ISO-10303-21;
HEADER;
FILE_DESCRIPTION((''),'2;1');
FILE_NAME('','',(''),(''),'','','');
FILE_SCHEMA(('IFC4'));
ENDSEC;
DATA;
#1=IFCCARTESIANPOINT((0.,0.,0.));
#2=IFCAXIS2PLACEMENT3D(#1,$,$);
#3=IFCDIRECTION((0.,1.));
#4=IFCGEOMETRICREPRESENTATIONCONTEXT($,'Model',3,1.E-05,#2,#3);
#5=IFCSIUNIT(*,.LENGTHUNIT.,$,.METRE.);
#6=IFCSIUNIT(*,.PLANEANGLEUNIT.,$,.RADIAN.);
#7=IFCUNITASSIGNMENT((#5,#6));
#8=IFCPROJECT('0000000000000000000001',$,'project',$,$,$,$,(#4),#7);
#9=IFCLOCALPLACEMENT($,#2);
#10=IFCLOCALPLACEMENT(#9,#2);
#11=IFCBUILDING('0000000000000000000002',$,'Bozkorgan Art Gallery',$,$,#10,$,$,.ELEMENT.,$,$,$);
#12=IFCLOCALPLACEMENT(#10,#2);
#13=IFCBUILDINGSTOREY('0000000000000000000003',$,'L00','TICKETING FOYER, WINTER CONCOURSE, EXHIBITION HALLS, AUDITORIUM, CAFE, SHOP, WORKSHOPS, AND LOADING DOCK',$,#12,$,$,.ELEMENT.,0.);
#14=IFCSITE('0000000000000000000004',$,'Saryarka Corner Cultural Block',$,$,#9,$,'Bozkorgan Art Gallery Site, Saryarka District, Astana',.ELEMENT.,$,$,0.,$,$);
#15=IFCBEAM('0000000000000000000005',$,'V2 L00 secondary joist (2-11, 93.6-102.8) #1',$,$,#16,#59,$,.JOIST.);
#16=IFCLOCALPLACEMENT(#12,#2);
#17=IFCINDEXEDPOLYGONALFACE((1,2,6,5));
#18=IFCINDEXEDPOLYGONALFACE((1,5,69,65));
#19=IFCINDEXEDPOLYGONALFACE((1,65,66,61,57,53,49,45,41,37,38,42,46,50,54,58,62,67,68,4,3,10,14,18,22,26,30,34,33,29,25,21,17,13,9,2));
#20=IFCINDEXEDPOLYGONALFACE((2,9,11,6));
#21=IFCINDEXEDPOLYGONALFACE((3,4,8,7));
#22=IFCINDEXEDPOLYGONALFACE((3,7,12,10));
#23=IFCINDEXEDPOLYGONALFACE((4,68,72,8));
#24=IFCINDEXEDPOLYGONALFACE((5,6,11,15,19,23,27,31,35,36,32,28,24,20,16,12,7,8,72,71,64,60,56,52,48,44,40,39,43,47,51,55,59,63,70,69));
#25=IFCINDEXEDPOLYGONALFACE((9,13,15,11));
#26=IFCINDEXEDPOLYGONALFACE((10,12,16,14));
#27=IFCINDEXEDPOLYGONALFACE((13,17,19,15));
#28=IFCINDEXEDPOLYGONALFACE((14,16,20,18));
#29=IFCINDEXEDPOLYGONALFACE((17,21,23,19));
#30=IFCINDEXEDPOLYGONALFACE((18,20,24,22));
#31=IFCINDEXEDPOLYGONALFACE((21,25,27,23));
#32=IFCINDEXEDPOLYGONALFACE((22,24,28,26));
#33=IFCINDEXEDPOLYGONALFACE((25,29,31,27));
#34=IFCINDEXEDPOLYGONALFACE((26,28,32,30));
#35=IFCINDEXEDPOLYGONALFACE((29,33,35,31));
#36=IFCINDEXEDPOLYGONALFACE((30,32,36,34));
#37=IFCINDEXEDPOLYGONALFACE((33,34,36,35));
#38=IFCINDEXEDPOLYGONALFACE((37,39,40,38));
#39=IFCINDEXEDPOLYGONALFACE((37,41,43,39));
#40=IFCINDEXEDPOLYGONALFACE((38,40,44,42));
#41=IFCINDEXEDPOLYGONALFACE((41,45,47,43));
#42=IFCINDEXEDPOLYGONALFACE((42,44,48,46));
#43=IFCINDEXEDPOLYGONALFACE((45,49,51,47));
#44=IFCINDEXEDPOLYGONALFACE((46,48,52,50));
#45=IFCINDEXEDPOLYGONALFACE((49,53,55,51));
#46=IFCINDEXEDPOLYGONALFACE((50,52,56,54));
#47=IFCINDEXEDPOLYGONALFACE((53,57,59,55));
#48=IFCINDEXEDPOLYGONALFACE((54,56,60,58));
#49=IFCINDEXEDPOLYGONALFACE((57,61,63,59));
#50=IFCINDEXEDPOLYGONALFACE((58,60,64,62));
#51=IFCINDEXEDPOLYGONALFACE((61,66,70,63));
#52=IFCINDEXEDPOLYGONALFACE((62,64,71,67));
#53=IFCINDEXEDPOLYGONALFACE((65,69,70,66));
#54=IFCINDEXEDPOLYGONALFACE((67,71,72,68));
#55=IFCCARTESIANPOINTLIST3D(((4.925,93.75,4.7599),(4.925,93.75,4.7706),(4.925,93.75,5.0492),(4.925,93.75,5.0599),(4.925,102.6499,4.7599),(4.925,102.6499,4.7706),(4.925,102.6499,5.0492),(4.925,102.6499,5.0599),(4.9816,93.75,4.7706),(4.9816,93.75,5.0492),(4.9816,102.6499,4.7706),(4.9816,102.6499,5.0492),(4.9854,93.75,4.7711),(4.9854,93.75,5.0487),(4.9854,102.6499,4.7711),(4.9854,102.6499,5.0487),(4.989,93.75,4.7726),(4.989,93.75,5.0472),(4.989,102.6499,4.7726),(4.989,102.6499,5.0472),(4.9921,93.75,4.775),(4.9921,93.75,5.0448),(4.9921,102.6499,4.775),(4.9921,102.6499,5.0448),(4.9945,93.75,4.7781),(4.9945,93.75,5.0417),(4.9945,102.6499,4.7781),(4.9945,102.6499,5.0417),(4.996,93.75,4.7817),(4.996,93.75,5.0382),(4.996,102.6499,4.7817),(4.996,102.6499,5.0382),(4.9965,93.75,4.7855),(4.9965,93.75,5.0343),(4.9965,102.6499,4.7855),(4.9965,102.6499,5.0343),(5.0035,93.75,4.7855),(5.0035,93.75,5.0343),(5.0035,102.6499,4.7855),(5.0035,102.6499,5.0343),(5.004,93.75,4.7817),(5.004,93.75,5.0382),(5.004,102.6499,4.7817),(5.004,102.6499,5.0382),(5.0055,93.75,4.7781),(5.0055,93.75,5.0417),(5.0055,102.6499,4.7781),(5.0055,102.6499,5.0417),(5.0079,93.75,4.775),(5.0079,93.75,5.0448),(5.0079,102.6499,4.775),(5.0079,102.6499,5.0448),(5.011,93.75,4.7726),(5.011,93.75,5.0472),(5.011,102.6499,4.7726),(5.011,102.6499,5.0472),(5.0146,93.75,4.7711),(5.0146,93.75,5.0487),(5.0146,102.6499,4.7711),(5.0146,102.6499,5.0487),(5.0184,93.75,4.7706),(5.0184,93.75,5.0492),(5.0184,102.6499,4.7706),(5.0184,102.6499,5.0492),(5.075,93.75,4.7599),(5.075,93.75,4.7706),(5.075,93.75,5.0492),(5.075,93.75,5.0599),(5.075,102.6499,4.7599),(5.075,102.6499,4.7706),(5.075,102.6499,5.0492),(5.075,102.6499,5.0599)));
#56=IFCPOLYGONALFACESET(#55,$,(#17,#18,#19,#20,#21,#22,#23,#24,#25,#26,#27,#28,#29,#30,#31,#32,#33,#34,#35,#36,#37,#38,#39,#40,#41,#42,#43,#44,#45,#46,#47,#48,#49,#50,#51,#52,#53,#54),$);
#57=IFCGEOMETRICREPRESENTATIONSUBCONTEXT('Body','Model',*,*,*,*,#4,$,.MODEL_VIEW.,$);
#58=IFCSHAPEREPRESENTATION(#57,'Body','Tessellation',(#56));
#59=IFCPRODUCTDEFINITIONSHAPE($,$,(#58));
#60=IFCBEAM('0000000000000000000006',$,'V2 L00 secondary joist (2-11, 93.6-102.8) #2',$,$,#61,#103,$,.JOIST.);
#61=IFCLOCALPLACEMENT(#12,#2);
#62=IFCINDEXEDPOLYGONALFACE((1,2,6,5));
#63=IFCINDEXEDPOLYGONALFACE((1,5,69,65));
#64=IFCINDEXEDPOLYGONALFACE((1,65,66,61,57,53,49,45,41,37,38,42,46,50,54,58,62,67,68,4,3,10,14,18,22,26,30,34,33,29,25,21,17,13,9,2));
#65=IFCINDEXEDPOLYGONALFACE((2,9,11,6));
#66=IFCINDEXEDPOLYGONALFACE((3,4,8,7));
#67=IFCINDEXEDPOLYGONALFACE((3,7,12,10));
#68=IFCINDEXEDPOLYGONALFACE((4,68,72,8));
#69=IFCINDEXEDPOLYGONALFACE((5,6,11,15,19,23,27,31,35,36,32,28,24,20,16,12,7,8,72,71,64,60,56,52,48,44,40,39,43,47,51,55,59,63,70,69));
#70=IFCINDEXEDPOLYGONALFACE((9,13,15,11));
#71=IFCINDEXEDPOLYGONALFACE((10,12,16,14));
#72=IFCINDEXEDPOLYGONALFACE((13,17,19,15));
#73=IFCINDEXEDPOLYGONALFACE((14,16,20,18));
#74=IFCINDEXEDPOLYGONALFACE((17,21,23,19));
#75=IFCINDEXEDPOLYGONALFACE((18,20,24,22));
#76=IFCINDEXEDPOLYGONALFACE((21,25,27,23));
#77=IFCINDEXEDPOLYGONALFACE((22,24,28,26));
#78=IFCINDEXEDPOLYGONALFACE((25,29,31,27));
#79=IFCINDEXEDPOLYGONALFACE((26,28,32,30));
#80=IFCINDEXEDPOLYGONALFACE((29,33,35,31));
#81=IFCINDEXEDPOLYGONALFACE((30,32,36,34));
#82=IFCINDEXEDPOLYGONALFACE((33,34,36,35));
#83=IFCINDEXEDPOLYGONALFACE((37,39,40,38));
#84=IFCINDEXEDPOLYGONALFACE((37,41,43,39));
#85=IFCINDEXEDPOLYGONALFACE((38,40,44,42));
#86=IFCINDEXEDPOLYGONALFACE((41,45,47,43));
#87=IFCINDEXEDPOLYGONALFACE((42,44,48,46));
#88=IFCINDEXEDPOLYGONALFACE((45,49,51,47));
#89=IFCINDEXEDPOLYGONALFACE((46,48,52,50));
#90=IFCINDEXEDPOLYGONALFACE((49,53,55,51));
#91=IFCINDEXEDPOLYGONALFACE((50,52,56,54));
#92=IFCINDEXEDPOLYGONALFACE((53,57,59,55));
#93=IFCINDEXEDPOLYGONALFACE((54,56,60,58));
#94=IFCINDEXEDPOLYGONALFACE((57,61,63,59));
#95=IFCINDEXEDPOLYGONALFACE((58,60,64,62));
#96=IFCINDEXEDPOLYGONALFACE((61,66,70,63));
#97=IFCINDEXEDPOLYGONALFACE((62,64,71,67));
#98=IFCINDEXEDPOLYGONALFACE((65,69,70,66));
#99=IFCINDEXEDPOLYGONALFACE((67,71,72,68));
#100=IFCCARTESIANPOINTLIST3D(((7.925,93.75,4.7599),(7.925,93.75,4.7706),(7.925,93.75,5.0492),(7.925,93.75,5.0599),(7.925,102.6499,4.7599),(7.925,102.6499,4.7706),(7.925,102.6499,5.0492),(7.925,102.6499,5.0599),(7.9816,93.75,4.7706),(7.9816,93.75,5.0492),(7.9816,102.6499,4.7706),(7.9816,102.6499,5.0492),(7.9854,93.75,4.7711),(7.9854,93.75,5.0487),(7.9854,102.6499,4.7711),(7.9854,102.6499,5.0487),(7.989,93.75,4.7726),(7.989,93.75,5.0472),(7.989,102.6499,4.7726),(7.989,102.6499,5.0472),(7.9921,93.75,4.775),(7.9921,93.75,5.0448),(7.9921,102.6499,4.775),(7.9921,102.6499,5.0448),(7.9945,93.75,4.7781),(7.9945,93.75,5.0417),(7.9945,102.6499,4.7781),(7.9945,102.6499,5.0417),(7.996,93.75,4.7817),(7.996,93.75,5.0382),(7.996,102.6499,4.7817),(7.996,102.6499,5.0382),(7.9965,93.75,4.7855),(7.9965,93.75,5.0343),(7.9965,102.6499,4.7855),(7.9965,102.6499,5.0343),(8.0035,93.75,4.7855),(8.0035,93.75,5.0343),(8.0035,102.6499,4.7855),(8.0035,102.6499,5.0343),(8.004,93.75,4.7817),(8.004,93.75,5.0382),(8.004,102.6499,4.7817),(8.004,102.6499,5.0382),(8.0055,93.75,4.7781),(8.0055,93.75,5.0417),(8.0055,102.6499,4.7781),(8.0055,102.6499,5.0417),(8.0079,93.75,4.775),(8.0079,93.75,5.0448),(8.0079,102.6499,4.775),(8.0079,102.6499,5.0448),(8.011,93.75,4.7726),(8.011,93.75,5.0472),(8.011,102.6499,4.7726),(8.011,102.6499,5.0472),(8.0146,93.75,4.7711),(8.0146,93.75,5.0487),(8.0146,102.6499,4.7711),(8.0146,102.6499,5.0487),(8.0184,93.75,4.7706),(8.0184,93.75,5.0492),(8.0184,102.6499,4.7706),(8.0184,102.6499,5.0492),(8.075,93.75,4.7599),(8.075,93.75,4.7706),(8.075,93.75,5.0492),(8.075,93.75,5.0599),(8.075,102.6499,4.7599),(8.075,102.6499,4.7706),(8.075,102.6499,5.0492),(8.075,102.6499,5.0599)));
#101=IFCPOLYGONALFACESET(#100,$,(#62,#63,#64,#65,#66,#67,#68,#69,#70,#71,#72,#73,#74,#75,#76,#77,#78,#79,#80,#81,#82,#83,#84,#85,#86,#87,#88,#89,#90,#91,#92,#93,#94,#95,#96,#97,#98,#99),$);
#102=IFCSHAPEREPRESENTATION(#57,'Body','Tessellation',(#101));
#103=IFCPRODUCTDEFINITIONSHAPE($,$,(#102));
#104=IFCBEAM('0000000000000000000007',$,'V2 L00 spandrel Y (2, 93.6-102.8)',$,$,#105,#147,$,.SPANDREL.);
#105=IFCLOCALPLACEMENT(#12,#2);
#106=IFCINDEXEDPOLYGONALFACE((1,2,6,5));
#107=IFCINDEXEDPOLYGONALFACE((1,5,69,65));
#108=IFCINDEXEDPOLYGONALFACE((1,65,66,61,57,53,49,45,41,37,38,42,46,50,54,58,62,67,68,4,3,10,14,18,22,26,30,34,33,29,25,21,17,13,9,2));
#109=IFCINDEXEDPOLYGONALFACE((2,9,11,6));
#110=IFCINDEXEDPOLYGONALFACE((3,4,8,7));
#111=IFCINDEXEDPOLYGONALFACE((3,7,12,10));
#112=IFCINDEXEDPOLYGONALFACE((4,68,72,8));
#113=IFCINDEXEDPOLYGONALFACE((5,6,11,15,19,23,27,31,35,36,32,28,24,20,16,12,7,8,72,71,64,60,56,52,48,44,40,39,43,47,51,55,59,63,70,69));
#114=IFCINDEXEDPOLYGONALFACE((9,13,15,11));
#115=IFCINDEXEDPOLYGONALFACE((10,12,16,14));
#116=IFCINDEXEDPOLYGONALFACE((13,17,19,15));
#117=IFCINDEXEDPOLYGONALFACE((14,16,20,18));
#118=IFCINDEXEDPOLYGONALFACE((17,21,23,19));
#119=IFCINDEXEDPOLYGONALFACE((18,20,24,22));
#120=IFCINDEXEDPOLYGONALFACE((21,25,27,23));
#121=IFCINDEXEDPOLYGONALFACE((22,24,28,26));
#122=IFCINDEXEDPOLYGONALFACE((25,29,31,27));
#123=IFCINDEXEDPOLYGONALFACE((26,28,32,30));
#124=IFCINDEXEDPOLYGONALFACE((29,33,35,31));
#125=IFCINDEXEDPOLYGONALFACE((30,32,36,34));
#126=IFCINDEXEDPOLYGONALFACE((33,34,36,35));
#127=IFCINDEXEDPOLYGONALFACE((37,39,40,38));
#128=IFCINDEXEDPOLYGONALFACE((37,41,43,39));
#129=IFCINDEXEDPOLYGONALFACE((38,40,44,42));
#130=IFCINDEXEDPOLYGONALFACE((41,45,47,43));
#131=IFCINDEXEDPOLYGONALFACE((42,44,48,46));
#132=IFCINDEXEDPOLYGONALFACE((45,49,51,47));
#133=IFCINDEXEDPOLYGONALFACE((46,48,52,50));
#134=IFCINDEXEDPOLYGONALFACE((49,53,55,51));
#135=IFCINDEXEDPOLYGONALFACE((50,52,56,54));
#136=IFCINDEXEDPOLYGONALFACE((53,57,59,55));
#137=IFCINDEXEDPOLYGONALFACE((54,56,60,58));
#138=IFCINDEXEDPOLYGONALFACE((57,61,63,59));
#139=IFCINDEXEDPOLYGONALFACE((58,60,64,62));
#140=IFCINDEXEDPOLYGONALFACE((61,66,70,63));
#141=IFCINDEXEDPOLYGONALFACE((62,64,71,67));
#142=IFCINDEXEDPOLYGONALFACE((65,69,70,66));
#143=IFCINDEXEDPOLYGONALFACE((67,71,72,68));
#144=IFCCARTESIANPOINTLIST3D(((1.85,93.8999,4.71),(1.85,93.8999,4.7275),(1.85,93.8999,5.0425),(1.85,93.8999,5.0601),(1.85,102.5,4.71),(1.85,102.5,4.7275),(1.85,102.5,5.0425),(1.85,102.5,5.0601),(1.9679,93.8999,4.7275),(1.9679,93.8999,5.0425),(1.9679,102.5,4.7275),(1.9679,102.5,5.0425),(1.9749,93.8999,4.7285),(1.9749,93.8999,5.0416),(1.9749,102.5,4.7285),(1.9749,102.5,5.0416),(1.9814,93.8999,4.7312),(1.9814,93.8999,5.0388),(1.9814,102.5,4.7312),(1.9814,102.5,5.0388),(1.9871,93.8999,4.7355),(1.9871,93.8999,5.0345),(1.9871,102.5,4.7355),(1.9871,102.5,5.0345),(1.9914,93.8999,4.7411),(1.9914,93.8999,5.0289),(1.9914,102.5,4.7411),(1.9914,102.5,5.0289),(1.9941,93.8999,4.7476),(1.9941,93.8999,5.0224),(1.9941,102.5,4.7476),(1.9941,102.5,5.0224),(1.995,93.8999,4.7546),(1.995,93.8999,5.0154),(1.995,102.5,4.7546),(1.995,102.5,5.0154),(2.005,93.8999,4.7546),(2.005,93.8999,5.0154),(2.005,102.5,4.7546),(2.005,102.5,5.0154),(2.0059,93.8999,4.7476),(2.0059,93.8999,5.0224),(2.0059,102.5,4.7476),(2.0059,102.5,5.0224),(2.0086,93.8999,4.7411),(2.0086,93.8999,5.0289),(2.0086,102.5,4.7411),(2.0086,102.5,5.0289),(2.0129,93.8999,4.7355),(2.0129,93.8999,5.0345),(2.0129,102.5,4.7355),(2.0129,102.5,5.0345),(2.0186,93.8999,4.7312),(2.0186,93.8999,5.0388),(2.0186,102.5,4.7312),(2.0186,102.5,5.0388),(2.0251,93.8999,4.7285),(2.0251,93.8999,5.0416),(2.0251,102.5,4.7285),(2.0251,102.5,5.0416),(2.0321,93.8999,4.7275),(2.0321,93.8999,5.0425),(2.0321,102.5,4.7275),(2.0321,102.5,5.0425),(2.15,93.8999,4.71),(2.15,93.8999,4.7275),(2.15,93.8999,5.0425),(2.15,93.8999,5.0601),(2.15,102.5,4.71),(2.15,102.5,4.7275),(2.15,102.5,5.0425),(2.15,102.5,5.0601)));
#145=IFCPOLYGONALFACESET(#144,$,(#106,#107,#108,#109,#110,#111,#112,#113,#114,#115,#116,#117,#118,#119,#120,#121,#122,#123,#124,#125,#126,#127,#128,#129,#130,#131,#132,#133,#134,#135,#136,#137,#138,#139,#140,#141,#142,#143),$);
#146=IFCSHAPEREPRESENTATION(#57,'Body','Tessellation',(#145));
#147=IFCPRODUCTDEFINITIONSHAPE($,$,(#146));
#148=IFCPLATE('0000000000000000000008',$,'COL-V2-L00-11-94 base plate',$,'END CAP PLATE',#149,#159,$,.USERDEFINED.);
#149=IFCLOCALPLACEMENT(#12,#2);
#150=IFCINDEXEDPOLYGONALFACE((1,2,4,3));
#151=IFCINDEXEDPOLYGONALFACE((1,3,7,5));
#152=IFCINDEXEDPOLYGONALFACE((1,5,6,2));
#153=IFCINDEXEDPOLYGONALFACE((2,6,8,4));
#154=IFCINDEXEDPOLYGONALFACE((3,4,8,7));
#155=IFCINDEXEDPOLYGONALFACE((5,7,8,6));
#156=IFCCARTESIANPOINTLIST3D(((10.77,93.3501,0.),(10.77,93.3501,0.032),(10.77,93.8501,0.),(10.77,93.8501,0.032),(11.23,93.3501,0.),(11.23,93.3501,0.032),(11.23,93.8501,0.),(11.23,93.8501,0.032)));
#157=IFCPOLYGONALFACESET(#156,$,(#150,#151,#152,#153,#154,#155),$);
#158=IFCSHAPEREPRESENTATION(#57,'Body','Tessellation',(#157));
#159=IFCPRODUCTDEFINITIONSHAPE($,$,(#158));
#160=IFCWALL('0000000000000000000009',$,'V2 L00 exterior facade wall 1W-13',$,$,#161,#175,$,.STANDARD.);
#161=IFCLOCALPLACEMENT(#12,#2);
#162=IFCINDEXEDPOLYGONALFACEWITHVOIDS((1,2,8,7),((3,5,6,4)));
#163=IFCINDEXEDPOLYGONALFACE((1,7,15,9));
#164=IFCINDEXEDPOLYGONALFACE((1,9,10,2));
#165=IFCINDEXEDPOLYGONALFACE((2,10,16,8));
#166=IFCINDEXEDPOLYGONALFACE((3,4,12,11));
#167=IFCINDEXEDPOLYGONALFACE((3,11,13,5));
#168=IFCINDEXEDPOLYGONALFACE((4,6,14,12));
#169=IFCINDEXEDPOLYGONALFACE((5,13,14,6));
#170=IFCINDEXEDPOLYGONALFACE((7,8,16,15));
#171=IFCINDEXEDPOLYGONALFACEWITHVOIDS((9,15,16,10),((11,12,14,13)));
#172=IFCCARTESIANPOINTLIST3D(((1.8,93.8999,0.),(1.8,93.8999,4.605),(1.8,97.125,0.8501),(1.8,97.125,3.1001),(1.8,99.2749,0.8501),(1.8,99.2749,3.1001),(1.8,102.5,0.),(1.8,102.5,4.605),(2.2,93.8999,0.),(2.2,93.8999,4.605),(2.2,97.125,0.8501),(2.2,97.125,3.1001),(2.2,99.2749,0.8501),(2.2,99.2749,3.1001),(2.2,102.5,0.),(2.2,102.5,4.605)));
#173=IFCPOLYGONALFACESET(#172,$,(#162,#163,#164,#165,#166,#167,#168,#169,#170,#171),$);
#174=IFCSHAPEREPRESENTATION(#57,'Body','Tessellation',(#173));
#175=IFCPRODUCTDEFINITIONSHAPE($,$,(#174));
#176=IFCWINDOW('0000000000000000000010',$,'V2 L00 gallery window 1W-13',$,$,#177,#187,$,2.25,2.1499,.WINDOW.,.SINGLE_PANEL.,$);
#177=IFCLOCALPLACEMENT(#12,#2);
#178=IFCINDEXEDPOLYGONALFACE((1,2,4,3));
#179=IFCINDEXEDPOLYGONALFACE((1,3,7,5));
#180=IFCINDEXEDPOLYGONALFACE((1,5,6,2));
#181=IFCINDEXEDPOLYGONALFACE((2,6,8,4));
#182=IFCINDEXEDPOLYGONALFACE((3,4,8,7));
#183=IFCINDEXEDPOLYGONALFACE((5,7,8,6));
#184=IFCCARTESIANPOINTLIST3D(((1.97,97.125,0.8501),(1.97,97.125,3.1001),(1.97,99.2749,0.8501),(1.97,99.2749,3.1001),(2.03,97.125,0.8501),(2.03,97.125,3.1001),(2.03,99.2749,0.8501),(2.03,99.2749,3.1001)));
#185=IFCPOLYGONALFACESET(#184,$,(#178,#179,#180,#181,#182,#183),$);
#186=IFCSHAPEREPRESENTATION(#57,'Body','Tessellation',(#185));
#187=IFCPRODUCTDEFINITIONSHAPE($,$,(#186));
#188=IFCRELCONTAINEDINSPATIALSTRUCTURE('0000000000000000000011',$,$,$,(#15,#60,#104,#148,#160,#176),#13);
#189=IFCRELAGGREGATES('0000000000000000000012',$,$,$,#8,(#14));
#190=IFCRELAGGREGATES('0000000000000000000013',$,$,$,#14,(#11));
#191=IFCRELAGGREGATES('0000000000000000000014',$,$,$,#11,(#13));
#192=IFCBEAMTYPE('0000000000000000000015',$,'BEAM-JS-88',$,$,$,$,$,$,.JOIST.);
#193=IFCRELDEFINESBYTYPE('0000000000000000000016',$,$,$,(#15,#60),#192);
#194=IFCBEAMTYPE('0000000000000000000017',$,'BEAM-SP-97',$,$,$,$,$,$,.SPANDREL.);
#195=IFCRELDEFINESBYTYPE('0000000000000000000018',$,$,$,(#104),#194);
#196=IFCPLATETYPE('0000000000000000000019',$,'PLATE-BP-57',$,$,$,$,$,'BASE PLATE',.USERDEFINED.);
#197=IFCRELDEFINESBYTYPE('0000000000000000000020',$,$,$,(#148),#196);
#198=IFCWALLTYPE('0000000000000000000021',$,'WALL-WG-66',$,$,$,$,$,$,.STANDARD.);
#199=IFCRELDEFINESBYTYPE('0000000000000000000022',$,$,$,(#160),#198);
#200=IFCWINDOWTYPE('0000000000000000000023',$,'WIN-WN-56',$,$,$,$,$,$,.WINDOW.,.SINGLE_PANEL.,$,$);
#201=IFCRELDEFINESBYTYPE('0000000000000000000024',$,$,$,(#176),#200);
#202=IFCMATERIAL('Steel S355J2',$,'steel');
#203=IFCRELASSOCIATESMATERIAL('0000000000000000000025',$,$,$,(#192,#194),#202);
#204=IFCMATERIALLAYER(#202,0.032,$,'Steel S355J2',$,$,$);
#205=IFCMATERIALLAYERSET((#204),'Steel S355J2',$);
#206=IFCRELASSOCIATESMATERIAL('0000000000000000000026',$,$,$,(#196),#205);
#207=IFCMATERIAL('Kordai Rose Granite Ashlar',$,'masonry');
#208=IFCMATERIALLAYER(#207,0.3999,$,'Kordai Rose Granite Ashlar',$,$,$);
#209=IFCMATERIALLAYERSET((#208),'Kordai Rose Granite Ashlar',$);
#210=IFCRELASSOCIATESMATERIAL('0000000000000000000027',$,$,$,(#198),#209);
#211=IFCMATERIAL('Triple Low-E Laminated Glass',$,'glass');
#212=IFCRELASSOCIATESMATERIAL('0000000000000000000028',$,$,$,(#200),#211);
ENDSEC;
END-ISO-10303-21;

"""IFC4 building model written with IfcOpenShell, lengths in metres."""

from ifc_helpers import new_model, si_unit, direction, frame, frame_2d, origin, origin_2d, place, context, subcontext, project, spatial, rectangle, i_section, extrude, material, layer, layer_set, material_profile, profile_set, type_object, element, fill, save


model = new_model("IFC4")

# Units and contexts
model_context = context("Model", 3, precision=1e-05, world=origin(), true_north=direction((0.0, 1.0)))
body_context = subcontext(model_context, "Body", "Model", "MODEL_VIEW")
ifc_project = project(units=[si_unit("LENGTHUNIT", "METRE"), si_unit("PLANEANGLEUNIT", "RADIAN")], contexts=[model_context])

# Site, building, storey
site_placement = place(None, origin())
site = spatial("IfcSite", under=ifc_project, at=site_placement, Name="Saryarka Corner Cultural Block", LongName="Bozkorgan Art Gallery Site, Saryarka District, Astana", CompositionType="ELEMENT", RefElevation=0.0)
building_placement = place(site_placement, origin())
building = spatial("IfcBuilding", under=site, at=building_placement, Name="Bozkorgan Art Gallery", CompositionType="ELEMENT")
storey_placement = place(building_placement, origin())
storey = spatial("IfcBuildingStorey", under=building, at=storey_placement, Name="L00", Description="TICKETING FOYER, WINTER CONCOURSE, EXHIBITION HALLS, AUDITORIUM, CAFE, SHOP, WORKSHOPS, AND LOADING DOCK", CompositionType="ELEMENT", Elevation=0.0)

# Shared definitions
ifc_material_1 = material(Name="Steel S355J2", Category="steel")

# Beams
ifc_material_profile_1 = material_profile(ifc_material_1, i_section(OverallWidth=0.1499, OverallDepth=0.3, WebThickness=0.0071, FlangeThickness=0.0107, FilletRadius=0.0149, at=origin_2d()), Name="IPE 300")
ifc_profile_set_1 = profile_set([ifc_material_profile_1], Name="Steel S355J2")
beam_type_1 = type_object("IfcBeamType", Name="BEAM-JS-88", PredefinedType="JOIST", material=ifc_profile_set_1)
for number, where, z_axis, x_axis, name in (
    (1, (5.0, 93.75, 4.9099), (0.0, 1.0, 0.0), (-1.0, 0.0, 0.0), "V2 L00 secondary joist (2-11, 93.6-102.8) #1"),
    (2, (8.0, 93.75, 4.9099), (0.0, 1.0, 0.0), (-1.0, 0.0, 0.0), "V2 L00 secondary joist (2-11, 93.6-102.8) #2"),
):
    element("IfcBeam", number, at=place(storey_placement, frame(where, z_axis=z_axis, x_axis=x_axis)), inside=storey, type_object=beam_type_1, Name=name, PredefinedType="JOIST", context=body_context, shape_type="SweptSolid", body=[
        extrude(i_section(OverallWidth=0.1499, OverallDepth=0.3, WebThickness=0.0071, FlangeThickness=0.0107, FilletRadius=0.0149, at=origin_2d()), origin(), (0.0, 0.0, 1.0), 8.8999),
    ])
ifc_material_profile_2 = material_profile(ifc_material_1, i_section(OverallWidth=0.3, OverallDepth=0.3501, WebThickness=0.01, FlangeThickness=0.0176, FilletRadius=0.0271, at=origin_2d()), Name="HEA 360")
ifc_profile_set_2 = profile_set([ifc_material_profile_2], Name="Steel S355J2")
beam_type_2 = type_object("IfcBeamType", Name="BEAM-SP-97", PredefinedType="SPANDREL", material=ifc_profile_set_2)
beam_1_placement = place(storey_placement, frame((2.0, 93.8999, 4.885), z_axis=(0.0, 1.0, 0.0), x_axis=(-1.0, 0.0, 0.0)))
element("IfcBeam", 3, at=beam_1_placement, inside=storey, type_object=beam_type_2, Name="V2 L00 spandrel Y (2, 93.6-102.8)", PredefinedType="SPANDREL", context=body_context, shape_type="SweptSolid", body=[
    extrude(i_section(OverallWidth=0.3, OverallDepth=0.3501, WebThickness=0.01, FlangeThickness=0.0176, FilletRadius=0.0271, at=origin_2d()), origin(), (0.0, 0.0, 1.0), 8.6001),
])

# Plate
ifc_layer_1 = layer(ifc_material_1, 0.032, Name="Steel S355J2")
ifc_layer_set_1 = layer_set([ifc_layer_1], Name="Steel S355J2")
plate_type = type_object("IfcPlateType", Name="PLATE-BP-57", ElementType="BASE PLATE", PredefinedType="USERDEFINED", material=ifc_layer_set_1)
plate_placement = place(storey_placement, frame((11.0, 93.6001, 0.0), z_axis=(0.0, 0.0, 1.0), x_axis=(1.0, 0.0, 0.0)))
element("IfcPlate", 4, at=plate_placement, inside=storey, type_object=plate_type, Name="COL-V2-L00-11-94 base plate", ObjectType="END CAP PLATE", PredefinedType="USERDEFINED", context=body_context, shape_type="SweptSolid", body=[
    extrude(rectangle(XDim=0.46, YDim=0.5, at=origin_2d()), origin(), (0.0, 0.0, 1.0), 0.032),
])

# Wall, opening, window
ifc_material_2 = material(Name="Kordai Rose Granite Ashlar", Category="masonry")
ifc_layer_2 = layer(ifc_material_2, 0.3999, Name="Kordai Rose Granite Ashlar")
ifc_layer_set_2 = layer_set([ifc_layer_2], Name="Kordai Rose Granite Ashlar")
wall_type = type_object("IfcWallType", Name="WALL-WG-66", PredefinedType="STANDARD", material=ifc_layer_set_2)
wall_placement = place(storey_placement, frame((2.0, 93.8999, 0.0), z_axis=(0.0, 0.0, 1.0), x_axis=(0.0, 1.0, 0.0)))
wall = element("IfcWall", 5, at=wall_placement, inside=storey, type_object=wall_type, Name="V2 L00 exterior facade wall 1W-13", PredefinedType="STANDARD", context=body_context, shape_type="SweptSolid", body=[
    extrude(rectangle(XDim=8.6001, YDim=0.3999, at=frame_2d((4.3, 0.0))), origin(), (0.0, 0.0, 1.0), 4.605),
])
opening_placement = place(wall_placement, frame((3.2251, 0.0, 0.8501)))
opening = element("IfcOpeningElement", 6, at=opening_placement, cuts=wall, PredefinedType="OPENING", context=body_context, shape_type="SweptSolid", body=[
    extrude(rectangle(XDim=2.1499, YDim=2.25, at=frame_2d((1.075, 1.125))), frame((0.0, 0.21, 0.0), z_axis=(0.0, -1.0, 0.0), x_axis=(1.0, 0.0, 0.0)), (0.0, 0.0, 1.0), 0.4199),
])
ifc_material_3 = material(Name="Triple Low-E Laminated Glass", Category="glass")
window_type = type_object("IfcWindowType", Name="WIN-WN-56", PartitioningType="SINGLE_PANEL", PredefinedType="WINDOW", material=ifc_material_3)
window_placement = place(opening_placement, origin())
window = element("IfcWindow", 7, at=window_placement, inside=storey, type_object=window_type, Name="V2 L00 gallery window 1W-13", OverallHeight=2.25, OverallWidth=2.1499, PartitioningType="SINGLE_PANEL", PredefinedType="WINDOW", context=body_context, shape_type="SweptSolid", body=[
    extrude(rectangle(XDim=2.1499, YDim=2.25, at=frame_2d((1.075, 1.125))), frame((0.0, 0.03, 0.0), z_axis=(0.0, -1.0, 0.0), x_axis=(1.0, 0.0, 0.0)), (0.0, 0.0, 1.0), 0.0601),
])
fill(opening, window)

save(model, "model.ifc")
